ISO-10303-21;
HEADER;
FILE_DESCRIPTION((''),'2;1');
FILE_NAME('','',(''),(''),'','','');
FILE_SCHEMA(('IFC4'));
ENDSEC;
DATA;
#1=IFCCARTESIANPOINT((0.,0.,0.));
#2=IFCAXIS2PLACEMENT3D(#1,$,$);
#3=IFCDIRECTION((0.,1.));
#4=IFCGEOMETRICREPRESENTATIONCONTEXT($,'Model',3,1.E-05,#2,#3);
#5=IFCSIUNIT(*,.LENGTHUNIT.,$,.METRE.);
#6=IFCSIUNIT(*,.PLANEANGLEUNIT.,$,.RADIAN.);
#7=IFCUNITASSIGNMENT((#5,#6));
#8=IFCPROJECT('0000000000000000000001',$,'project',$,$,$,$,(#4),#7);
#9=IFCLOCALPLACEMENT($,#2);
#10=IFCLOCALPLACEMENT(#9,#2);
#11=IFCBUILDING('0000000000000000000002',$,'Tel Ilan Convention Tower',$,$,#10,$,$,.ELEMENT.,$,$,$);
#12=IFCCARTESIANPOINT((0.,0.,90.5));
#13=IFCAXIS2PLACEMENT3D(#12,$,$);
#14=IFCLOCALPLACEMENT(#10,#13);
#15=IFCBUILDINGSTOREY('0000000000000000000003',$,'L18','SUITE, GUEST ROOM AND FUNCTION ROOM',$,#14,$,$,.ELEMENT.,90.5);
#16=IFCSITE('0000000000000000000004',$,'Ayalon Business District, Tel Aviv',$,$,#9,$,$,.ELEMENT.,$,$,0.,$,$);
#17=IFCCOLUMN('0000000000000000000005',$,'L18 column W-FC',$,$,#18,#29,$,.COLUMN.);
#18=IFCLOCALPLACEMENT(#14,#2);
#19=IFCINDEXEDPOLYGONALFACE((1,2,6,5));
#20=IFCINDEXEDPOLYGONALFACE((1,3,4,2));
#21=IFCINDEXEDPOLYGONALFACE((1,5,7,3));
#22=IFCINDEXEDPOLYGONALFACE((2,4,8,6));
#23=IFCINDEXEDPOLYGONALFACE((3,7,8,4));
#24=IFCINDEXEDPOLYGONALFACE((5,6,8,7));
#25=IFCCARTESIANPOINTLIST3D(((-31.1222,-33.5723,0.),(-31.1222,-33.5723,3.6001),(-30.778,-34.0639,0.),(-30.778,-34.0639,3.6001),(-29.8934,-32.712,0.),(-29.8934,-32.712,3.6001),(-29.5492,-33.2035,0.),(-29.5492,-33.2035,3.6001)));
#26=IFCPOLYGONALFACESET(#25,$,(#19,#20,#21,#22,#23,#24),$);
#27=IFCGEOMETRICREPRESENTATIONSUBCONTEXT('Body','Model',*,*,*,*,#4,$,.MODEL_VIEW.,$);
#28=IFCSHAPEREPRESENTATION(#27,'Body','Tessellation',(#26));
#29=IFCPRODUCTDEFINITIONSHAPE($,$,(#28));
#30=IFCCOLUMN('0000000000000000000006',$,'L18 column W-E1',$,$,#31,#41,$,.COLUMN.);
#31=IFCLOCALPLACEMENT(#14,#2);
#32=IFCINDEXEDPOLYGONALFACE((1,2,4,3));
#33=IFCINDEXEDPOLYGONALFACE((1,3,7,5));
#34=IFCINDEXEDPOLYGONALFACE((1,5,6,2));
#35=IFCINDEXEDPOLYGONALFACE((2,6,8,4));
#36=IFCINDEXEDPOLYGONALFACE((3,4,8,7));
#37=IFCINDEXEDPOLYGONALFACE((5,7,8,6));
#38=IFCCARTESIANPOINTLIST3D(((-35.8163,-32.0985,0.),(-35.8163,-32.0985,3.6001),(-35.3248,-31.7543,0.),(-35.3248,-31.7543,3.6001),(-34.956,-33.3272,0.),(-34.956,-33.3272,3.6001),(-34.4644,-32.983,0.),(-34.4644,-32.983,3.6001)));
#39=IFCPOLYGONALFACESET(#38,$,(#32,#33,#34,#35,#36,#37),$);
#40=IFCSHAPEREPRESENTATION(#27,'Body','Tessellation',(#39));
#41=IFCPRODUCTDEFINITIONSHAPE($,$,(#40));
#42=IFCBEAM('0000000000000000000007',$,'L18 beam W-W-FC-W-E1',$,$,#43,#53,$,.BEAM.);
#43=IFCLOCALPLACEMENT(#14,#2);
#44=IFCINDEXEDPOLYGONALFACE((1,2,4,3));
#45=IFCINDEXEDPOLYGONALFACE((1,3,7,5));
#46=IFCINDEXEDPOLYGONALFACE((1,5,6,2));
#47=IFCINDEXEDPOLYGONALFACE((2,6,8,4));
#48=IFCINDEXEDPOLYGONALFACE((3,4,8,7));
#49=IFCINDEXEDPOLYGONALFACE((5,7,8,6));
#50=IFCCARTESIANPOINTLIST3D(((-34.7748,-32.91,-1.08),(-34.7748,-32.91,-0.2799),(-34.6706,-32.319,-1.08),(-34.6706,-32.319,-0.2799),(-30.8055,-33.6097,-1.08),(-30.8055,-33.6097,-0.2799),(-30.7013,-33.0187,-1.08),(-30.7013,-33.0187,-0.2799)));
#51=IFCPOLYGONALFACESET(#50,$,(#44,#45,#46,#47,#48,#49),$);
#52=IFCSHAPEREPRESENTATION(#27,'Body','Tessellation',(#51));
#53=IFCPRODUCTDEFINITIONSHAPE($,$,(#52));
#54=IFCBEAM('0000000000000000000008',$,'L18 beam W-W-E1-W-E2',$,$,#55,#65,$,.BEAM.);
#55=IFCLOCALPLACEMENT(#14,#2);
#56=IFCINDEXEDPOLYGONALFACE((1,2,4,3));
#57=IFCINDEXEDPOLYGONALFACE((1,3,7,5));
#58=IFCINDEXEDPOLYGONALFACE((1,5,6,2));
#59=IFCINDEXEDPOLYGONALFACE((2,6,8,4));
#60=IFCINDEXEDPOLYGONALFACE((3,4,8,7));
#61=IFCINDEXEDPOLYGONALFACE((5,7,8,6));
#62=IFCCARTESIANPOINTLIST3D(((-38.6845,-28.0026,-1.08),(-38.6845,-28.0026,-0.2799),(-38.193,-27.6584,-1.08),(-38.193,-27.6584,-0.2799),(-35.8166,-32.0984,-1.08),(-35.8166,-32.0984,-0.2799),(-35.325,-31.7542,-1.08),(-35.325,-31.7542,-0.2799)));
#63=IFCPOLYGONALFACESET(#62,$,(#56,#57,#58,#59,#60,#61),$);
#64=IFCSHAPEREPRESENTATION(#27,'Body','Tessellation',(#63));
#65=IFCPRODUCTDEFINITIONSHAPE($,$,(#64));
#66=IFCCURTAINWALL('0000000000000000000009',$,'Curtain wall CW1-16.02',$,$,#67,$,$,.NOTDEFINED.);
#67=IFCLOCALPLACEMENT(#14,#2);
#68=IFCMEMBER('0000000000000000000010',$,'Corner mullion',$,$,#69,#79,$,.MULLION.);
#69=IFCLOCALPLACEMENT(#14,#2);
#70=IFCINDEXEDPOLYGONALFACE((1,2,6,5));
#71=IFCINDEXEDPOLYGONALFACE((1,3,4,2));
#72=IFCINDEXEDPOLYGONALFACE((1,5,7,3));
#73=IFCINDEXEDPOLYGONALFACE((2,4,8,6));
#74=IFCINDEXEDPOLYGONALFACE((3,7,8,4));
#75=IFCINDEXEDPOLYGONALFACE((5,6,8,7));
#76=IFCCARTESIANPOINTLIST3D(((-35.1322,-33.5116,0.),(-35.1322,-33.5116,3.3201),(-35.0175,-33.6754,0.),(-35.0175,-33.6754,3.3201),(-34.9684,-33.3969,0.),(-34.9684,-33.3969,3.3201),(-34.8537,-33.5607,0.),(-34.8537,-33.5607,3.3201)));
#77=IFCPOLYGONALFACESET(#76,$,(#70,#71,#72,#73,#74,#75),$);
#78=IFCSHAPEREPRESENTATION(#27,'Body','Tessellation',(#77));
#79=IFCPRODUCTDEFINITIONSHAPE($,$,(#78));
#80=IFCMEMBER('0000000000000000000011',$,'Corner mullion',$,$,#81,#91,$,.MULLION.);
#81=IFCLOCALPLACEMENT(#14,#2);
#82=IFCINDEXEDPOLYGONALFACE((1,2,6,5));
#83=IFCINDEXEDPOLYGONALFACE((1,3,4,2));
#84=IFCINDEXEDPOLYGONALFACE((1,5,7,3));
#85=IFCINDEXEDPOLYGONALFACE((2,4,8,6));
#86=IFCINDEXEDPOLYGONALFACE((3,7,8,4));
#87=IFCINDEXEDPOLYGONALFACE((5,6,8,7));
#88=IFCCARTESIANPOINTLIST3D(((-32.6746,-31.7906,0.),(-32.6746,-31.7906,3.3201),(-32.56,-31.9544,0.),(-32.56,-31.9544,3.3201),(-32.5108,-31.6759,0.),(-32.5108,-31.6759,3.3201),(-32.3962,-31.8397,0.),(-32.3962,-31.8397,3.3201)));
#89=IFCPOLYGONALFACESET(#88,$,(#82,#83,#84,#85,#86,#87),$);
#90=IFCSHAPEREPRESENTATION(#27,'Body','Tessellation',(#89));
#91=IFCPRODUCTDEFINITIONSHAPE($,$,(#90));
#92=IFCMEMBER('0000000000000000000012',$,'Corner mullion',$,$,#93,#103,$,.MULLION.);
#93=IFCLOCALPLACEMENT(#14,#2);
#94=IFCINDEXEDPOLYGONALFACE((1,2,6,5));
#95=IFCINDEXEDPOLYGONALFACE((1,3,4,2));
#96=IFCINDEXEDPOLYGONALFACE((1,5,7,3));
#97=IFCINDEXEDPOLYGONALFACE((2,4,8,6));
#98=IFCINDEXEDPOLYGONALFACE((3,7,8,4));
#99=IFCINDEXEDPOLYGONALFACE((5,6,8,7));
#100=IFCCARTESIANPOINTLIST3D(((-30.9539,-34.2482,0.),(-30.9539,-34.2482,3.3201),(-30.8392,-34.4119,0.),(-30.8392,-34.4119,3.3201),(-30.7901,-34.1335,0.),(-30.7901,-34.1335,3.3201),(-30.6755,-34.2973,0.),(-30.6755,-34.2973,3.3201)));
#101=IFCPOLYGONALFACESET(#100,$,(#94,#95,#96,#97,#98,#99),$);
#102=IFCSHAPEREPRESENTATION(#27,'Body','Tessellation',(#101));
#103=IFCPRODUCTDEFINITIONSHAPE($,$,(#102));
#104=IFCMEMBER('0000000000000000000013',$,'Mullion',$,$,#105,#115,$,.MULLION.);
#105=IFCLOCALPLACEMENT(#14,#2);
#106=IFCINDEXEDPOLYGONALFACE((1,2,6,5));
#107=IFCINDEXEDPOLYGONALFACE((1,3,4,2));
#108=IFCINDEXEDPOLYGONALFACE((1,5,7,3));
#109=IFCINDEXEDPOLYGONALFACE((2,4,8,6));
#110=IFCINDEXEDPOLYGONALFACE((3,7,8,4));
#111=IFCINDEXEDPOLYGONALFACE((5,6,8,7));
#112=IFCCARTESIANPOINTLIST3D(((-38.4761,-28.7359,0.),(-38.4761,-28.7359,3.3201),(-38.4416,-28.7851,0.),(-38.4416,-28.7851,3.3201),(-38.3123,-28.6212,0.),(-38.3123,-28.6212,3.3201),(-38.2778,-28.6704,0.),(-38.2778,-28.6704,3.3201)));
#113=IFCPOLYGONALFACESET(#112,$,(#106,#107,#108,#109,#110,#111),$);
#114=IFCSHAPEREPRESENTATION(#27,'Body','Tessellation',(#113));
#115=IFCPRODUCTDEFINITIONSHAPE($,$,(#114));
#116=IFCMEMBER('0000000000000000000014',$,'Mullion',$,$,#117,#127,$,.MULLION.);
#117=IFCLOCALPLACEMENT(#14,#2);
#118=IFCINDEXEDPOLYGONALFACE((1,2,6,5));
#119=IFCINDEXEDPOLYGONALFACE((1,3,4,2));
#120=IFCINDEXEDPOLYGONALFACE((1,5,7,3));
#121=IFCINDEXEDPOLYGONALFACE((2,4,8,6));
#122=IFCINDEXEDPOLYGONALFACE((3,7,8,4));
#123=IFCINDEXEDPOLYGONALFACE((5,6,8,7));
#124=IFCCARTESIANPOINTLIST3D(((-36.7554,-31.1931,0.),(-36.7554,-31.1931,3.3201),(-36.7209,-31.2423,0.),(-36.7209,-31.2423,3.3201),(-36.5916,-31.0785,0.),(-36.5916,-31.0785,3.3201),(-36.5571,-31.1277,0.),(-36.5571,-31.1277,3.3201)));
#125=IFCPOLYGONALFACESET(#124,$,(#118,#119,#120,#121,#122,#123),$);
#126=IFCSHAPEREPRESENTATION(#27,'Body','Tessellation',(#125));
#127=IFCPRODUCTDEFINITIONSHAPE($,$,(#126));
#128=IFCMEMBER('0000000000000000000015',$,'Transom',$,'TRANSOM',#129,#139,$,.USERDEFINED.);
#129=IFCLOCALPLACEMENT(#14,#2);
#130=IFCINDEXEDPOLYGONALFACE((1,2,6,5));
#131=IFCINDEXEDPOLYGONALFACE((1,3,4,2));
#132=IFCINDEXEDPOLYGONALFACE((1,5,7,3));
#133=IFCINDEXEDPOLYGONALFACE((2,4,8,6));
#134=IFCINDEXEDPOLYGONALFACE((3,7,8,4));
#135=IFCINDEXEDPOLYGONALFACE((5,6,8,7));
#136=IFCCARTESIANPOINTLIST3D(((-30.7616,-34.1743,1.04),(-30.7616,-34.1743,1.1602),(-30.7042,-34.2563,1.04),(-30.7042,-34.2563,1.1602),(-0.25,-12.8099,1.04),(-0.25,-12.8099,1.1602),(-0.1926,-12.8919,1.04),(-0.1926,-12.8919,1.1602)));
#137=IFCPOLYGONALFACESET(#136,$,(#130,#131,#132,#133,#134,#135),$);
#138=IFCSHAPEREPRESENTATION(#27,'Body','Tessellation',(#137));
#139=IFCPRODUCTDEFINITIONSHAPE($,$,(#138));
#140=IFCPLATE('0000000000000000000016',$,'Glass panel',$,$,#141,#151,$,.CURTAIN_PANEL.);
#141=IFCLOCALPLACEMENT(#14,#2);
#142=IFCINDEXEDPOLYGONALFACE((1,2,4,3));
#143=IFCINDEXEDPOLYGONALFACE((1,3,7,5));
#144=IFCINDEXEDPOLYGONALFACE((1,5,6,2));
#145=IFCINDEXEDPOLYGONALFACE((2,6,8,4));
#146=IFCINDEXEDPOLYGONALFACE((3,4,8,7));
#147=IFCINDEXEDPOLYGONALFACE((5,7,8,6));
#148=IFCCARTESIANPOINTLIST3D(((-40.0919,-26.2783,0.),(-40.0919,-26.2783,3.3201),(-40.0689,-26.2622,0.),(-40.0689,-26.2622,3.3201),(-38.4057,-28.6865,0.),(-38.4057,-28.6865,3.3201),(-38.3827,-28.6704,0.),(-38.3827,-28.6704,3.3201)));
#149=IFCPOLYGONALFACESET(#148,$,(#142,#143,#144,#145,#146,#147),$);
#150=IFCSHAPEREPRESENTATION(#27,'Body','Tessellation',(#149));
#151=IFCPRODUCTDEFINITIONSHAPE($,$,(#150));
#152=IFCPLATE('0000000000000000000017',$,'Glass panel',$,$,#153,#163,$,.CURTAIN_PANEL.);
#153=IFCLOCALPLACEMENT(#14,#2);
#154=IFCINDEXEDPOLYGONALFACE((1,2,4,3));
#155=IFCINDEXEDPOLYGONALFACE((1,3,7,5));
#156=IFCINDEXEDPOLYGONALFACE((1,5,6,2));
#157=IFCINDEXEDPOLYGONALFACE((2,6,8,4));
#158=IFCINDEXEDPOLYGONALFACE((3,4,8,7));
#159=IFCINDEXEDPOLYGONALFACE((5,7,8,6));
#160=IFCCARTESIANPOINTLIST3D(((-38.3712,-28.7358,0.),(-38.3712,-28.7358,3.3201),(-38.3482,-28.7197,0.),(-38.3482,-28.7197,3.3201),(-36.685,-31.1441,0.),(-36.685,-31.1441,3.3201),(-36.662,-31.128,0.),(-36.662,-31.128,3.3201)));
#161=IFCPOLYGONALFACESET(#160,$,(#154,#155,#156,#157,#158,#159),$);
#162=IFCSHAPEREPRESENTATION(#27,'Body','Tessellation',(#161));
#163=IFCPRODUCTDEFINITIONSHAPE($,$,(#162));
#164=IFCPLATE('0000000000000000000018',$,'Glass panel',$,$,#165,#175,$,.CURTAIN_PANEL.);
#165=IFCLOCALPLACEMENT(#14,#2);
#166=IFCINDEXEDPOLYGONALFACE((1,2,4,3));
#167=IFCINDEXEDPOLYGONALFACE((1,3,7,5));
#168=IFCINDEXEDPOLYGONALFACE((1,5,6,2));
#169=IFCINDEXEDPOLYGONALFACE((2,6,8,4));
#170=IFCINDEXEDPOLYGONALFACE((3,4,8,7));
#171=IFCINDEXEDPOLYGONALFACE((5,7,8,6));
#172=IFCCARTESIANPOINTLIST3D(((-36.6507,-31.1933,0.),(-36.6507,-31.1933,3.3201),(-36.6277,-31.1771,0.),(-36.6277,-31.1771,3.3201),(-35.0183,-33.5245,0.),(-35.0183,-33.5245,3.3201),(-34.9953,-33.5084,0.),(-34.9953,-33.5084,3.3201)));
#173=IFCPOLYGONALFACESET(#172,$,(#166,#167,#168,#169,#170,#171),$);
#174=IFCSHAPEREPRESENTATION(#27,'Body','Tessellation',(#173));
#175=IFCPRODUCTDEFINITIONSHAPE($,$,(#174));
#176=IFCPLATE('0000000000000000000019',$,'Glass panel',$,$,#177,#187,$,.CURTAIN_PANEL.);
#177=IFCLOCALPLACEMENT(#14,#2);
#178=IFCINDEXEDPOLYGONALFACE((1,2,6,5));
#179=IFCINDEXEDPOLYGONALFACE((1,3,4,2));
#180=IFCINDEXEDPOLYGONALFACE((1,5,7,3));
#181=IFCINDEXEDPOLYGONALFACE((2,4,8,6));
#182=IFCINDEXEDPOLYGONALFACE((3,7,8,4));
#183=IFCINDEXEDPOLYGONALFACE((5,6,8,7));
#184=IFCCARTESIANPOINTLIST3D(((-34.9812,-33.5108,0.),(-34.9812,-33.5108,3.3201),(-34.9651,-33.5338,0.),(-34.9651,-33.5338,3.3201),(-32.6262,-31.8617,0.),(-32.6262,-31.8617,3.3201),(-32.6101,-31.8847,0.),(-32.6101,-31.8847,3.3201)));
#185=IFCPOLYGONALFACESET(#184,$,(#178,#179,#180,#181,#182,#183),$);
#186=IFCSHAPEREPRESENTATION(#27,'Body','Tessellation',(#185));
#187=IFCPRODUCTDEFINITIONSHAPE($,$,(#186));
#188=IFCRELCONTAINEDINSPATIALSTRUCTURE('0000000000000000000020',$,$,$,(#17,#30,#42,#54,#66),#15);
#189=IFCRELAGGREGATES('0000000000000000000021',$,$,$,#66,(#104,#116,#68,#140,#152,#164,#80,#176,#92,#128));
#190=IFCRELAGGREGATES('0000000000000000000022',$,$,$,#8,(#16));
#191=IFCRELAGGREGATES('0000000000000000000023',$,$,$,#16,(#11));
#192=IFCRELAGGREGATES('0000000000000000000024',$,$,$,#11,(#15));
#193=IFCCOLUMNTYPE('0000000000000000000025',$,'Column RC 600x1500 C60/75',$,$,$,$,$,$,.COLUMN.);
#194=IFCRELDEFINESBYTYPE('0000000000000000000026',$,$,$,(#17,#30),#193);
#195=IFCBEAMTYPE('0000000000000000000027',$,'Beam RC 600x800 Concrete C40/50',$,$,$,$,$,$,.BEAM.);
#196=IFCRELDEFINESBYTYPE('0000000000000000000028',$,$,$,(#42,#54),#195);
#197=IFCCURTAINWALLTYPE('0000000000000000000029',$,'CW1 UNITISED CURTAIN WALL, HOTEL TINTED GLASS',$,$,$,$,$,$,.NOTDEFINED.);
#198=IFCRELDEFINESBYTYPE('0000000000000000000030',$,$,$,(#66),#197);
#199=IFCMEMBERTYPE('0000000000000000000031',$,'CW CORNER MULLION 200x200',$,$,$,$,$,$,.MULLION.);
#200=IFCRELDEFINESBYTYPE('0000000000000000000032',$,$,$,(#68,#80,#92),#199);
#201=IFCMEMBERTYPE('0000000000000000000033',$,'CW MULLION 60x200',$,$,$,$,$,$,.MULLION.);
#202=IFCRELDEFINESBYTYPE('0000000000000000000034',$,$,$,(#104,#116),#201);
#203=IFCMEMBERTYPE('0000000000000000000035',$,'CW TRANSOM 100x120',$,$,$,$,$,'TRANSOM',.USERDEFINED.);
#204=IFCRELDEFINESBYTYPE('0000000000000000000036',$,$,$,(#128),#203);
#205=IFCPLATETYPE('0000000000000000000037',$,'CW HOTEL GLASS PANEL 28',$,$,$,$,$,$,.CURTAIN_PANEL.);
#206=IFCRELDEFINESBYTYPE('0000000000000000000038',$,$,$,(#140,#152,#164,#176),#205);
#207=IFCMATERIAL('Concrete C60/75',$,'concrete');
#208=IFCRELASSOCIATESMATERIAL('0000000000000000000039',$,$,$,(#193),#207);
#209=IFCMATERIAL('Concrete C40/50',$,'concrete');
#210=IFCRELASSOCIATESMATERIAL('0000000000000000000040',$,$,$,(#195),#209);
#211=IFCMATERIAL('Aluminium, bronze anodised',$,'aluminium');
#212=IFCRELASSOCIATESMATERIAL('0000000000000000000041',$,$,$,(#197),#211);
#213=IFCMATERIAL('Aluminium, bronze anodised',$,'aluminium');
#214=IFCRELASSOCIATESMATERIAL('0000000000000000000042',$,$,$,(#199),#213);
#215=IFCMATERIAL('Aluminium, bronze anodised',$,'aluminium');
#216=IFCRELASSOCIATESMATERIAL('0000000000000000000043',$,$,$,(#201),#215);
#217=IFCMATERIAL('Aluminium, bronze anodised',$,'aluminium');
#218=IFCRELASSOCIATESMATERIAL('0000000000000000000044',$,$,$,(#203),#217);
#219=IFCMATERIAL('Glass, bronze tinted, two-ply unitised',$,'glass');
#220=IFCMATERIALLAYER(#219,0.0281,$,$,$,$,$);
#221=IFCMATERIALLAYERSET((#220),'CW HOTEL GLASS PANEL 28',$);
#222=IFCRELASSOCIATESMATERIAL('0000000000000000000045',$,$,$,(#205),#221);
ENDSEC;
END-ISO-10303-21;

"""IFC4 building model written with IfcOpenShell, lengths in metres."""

from ifc_helpers import new_model, si_unit, direction, frame, origin, origin_2d, place, context, subcontext, project, spatial, rectangle, extrude, material, layer, layer_set, material_profile, profile_set, type_object, element, aggregate, save


model = new_model("IFC4")

# Units and contexts
model_context = context("Model", 3, precision=1e-05, world=origin(), true_north=direction((0.0, 1.0)))
body_context = subcontext(model_context, "Body", "Model", "MODEL_VIEW")
ifc_project = project(units=[si_unit("LENGTHUNIT", "METRE"), si_unit("PLANEANGLEUNIT", "RADIAN")], contexts=[model_context])

# Site, building, storey
site_placement = place(None, origin())
site = spatial("IfcSite", under=ifc_project, at=site_placement, Name="Ayalon Business District, Tel Aviv", CompositionType="ELEMENT", RefElevation=0.0)
building_placement = place(site_placement, origin())
building = spatial("IfcBuilding", under=site, at=building_placement, Name="Tel Ilan Convention Tower", CompositionType="ELEMENT")
storey_placement = place(building_placement, frame((0.0, 0.0, 90.5)))
storey = spatial("IfcBuildingStorey", under=building, at=storey_placement, Name="L18", Description="SUITE, GUEST ROOM AND FUNCTION ROOM", CompositionType="ELEMENT", Elevation=90.5)

# Columns
ifc_material_1 = material(Name="Concrete C60/75", Category="concrete")
ifc_material_profile_1 = material_profile(ifc_material_1, rectangle(XDim=1.5, YDim=0.6001, at=origin_2d()), Name="RC 600x1500")
ifc_profile_set_1 = profile_set([ifc_material_profile_1], Name="Concrete C60/75")
column_type = type_object("IfcColumnType", Name="Column RC 600x1500 C60/75", PredefinedType="COLUMN", material=ifc_profile_set_1)
for number, where, z_axis, x_axis, name in (
    (1, (-30.3357, -33.3879, 0.0), (0.0, 0.0, 1.0), (-0.819152, -0.573576, 0.0), "L18 column W-FC"),
    (2, (-35.1404, -32.5408, 0.0), (0.0, 0.0, 1.0), (-0.573576, 0.819152, 0.0), "L18 column W-E1"),
):
    element("IfcColumn", number, at=place(storey_placement, frame(where, z_axis=z_axis, x_axis=x_axis)), inside=storey, type_object=column_type, Name=name, PredefinedType="COLUMN", context=body_context, shape_type="SweptSolid", body=[
        extrude(rectangle(XDim=1.5, YDim=0.6001, at=origin_2d()), origin(), (0.0, 0.0, 1.0), 3.6001),
    ])

# Beams
ifc_material_2 = material(Name="Concrete C40/50", Category="concrete")
ifc_material_profile_2 = material_profile(ifc_material_2, rectangle(XDim=0.6001, YDim=0.8, at=origin_2d()), Name="RC 600x800")
ifc_profile_set_2 = profile_set([ifc_material_profile_2], Name="Concrete C40/50")
beam_type = type_object("IfcBeamType", Name="Beam RC 600x800 Concrete C40/50", PredefinedType="BEAM", material=ifc_profile_set_2)
beam_1_placement = place(storey_placement, frame((-30.7534, -33.3142, -0.6799), z_axis=(-0.984815, 0.173606, 0.0), x_axis=(-0.173606, -0.984815, 0.0)))
element("IfcBeam", 3, at=beam_1_placement, inside=storey, type_object=beam_type, Name="L18 beam W-W-FC-W-E1", PredefinedType="BEAM", context=body_context, shape_type="SweptSolid", body=[
    extrude(rectangle(XDim=0.6001, YDim=0.8, at=origin_2d()), origin(), (0.0, 0.0, 1.0), 4.0305),
])
beam_2_placement = place(storey_placement, frame((-35.5708, -31.9263, -0.6799), z_axis=(-0.573587, 0.819145, 0.0), x_axis=(-0.819145, -0.573587, 0.0)))
element("IfcBeam", 4, at=beam_2_placement, inside=storey, type_object=beam_type, Name="L18 beam W-W-E1-W-E2", PredefinedType="BEAM", context=body_context, shape_type="SweptSolid", body=[
    extrude(rectangle(XDim=0.6001, YDim=0.8, at=origin_2d()), origin(), (0.0, 0.0, 1.0), 5.0),
])

# Curtain wall, members, plates
ifc_material_3 = material(Name="Aluminium, bronze anodised", Category="aluminium")
curtain_wall_type = type_object("IfcCurtainWallType", Name="CW1 UNITISED CURTAIN WALL, HOTEL TINTED GLASS", PredefinedType="NOTDEFINED", material=ifc_material_3)
curtain_wall_placement = place(storey_placement, origin())
curtain_wall = element("IfcCurtainWall", 5, at=curtain_wall_placement, inside=storey, type_object=curtain_wall_type, Name="Curtain wall CW1-16.02", PredefinedType="NOTDEFINED")
ifc_material_4 = material(Name="Aluminium, bronze anodised", Category="aluminium")
ifc_material_profile_3 = material_profile(ifc_material_4, rectangle(XDim=0.2, YDim=0.2, at=origin_2d()), Name="CW CORNER MULLION 200x200")
ifc_profile_set_3 = profile_set([ifc_material_profile_3], Name="Aluminium, bronze anodised")
member_type_1 = type_object("IfcMemberType", Name="CW CORNER MULLION 200x200", PredefinedType="MULLION", material=ifc_profile_set_3)
member_1_placement = place(storey_placement, frame((-34.9929, -33.5361, 0.0), z_axis=(0.0, 0.0, 1.0), x_axis=(0.573576, -0.819152, 0.0)))
member_1 = element("IfcMember", 6, at=member_1_placement, type_object=member_type_1, Name="Corner mullion", PredefinedType="MULLION", context=body_context, shape_type="SweptSolid", body=[
    extrude(rectangle(XDim=0.2, YDim=0.2, at=origin_2d()), origin(), (0.0, 0.0, 1.0), 3.3201),
])
member_2_placement = place(storey_placement, frame((-32.5354, -31.8152, 0.0), z_axis=(0.0, 0.0, 1.0), x_axis=(0.819152, 0.573576, 0.0)))
member_2 = element("IfcMember", 7, at=member_2_placement, type_object=member_type_1, Name="Corner mullion", PredefinedType="MULLION", context=body_context, shape_type="SweptSolid", body=[
    extrude(rectangle(XDim=0.2, YDim=0.2, at=origin_2d()), origin(), (0.0, 0.0, 1.0), 3.3201),
])
member_3_placement = place(storey_placement, frame((-30.8147, -34.2727, 0.0), z_axis=(0.0, 0.0, 1.0), x_axis=(0.573576, -0.819152, 0.0)))
member_3 = element("IfcMember", 8, at=member_3_placement, type_object=member_type_1, Name="Corner mullion", PredefinedType="MULLION", context=body_context, shape_type="SweptSolid", body=[
    extrude(rectangle(XDim=0.2, YDim=0.2, at=origin_2d()), origin(), (0.0, 0.0, 1.0), 3.3201),
])
ifc_material_5 = material(Name="Aluminium, bronze anodised", Category="aluminium")
ifc_material_profile_4 = material_profile(ifc_material_5, rectangle(XDim=0.0601, YDim=0.2, at=origin_2d()), Name="CW MULLION 60x200")
ifc_profile_set_4 = profile_set([ifc_material_profile_4], Name="Aluminium, bronze anodised")
member_type_2 = type_object("IfcMemberType", Name="CW MULLION 60x200", PredefinedType="MULLION", material=ifc_profile_set_4)
member_4_placement = place(storey_placement, frame((-38.377, -28.7031, 0.0), z_axis=(0.0, 0.0, 1.0), x_axis=(0.573576, -0.819152, 0.0)))
member_4 = element("IfcMember", 9, at=member_4_placement, type_object=member_type_2, Name="Mullion", PredefinedType="MULLION", context=body_context, shape_type="SweptSolid", body=[
    extrude(rectangle(XDim=0.0601, YDim=0.2, at=origin_2d()), origin(), (0.0, 0.0, 1.0), 3.3201),
])
member_5_placement = place(storey_placement, frame((-36.6562, -31.1604, 0.0), z_axis=(0.0, 0.0, 1.0), x_axis=(0.573576, -0.819152, 0.0)))
member_5 = element("IfcMember", 10, at=member_5_placement, type_object=member_type_2, Name="Mullion", PredefinedType="MULLION", context=body_context, shape_type="SweptSolid", body=[
    extrude(rectangle(XDim=0.0601, YDim=0.2, at=origin_2d()), origin(), (0.0, 0.0, 1.0), 3.3201),
])
ifc_material_6 = material(Name="Aluminium, bronze anodised", Category="aluminium")
ifc_material_profile_5 = material_profile(ifc_material_6, rectangle(XDim=0.1001, YDim=0.1201, at=origin_2d()), Name="CW TRANSOM 100x120")
ifc_profile_set_5 = profile_set([ifc_material_profile_5], Name="Aluminium, bronze anodised")
member_type_3 = type_object("IfcMemberType", Name="CW TRANSOM 100x120", ElementType="TRANSOM", PredefinedType="USERDEFINED", material=ifc_profile_set_5)
member_6_placement = place(storey_placement, frame((-30.7329, -34.2153, 1.1001), z_axis=(0.819152, 0.573576, 0.0), x_axis=(-0.573576, 0.819152, 0.0)))
member_6 = element("IfcMember", 11, at=member_6_placement, type_object=member_type_3, Name="Transom", ObjectType="TRANSOM", PredefinedType="USERDEFINED", context=body_context, shape_type="SweptSolid", body=[
    extrude(rectangle(XDim=0.1001, YDim=0.1201, at=origin_2d()), origin(), (0.0, 0.0, 1.0), 37.2478),
])
ifc_material_7 = material(Name="Glass, bronze tinted, two-ply unitised", Category="glass")
ifc_layer_1 = layer(ifc_material_7, 0.0281)
ifc_layer_set_1 = layer_set([ifc_layer_1], Name="CW HOTEL GLASS PANEL 28")
plate_type = type_object("IfcPlateType", Name="CW HOTEL GLASS PANEL 28", PredefinedType="CURTAIN_PANEL", material=ifc_layer_set_1)
plate_1_placement = place(storey_placement, frame((-39.2373, -27.4744, 0.0), z_axis=(0.0, 0.0, 1.0), x_axis=(0.573576, -0.819152, 0.0)))
plate_1 = element("IfcPlate", 12, at=plate_1_placement, type_object=plate_type, Name="Glass panel", PredefinedType="CURTAIN_PANEL", context=body_context, shape_type="SweptSolid", body=[
    extrude(rectangle(XDim=2.9399, YDim=0.0281, at=origin_2d()), origin(), (0.0, 0.0, 1.0), 3.3201),
])
plate_2_placement = place(storey_placement, frame((-37.5166, -29.9319, 0.0), z_axis=(0.0, 0.0, 1.0), x_axis=(0.573576, -0.819152, 0.0)))
plate_2 = element("IfcPlate", 13, at=plate_2_placement, type_object=plate_type, Name="Glass panel", PredefinedType="CURTAIN_PANEL", context=body_context, shape_type="SweptSolid", body=[
    extrude(rectangle(XDim=2.9399, YDim=0.0281, at=origin_2d()), origin(), (0.0, 0.0, 1.0), 3.3201),
])
plate_3_placement = place(storey_placement, frame((-35.823, -32.3508, 0.0), z_axis=(0.0, 0.0, 1.0), x_axis=(0.573576, -0.819152, 0.0)))
plate_3 = element("IfcPlate", 14, at=plate_3_placement, type_object=plate_type, Name="Glass panel", PredefinedType="CURTAIN_PANEL", context=body_context, shape_type="SweptSolid", body=[
    extrude(rectangle(XDim=2.8459, YDim=0.0281, at=origin_2d()), origin(), (0.0, 0.0, 1.0), 3.3201),
])
plate_4_placement = place(storey_placement, frame((-33.7957, -32.6978, 0.0), z_axis=(0.0, 0.0, 1.0), x_axis=(0.819152, 0.573576, 0.0)))
plate_4 = element("IfcPlate", 15, at=plate_4_placement, type_object=plate_type, Name="Glass panel", PredefinedType="CURTAIN_PANEL", context=body_context, shape_type="SweptSolid", body=[
    extrude(rectangle(XDim=2.875, YDim=0.0281, at=origin_2d()), origin(), (0.0, 0.0, 1.0), 3.3201),
])
aggregate(curtain_wall, [member_4, member_5, member_1, plate_1, plate_2, plate_3, member_2, plate_4, member_3, member_6])

save(model, "model.ifc")
